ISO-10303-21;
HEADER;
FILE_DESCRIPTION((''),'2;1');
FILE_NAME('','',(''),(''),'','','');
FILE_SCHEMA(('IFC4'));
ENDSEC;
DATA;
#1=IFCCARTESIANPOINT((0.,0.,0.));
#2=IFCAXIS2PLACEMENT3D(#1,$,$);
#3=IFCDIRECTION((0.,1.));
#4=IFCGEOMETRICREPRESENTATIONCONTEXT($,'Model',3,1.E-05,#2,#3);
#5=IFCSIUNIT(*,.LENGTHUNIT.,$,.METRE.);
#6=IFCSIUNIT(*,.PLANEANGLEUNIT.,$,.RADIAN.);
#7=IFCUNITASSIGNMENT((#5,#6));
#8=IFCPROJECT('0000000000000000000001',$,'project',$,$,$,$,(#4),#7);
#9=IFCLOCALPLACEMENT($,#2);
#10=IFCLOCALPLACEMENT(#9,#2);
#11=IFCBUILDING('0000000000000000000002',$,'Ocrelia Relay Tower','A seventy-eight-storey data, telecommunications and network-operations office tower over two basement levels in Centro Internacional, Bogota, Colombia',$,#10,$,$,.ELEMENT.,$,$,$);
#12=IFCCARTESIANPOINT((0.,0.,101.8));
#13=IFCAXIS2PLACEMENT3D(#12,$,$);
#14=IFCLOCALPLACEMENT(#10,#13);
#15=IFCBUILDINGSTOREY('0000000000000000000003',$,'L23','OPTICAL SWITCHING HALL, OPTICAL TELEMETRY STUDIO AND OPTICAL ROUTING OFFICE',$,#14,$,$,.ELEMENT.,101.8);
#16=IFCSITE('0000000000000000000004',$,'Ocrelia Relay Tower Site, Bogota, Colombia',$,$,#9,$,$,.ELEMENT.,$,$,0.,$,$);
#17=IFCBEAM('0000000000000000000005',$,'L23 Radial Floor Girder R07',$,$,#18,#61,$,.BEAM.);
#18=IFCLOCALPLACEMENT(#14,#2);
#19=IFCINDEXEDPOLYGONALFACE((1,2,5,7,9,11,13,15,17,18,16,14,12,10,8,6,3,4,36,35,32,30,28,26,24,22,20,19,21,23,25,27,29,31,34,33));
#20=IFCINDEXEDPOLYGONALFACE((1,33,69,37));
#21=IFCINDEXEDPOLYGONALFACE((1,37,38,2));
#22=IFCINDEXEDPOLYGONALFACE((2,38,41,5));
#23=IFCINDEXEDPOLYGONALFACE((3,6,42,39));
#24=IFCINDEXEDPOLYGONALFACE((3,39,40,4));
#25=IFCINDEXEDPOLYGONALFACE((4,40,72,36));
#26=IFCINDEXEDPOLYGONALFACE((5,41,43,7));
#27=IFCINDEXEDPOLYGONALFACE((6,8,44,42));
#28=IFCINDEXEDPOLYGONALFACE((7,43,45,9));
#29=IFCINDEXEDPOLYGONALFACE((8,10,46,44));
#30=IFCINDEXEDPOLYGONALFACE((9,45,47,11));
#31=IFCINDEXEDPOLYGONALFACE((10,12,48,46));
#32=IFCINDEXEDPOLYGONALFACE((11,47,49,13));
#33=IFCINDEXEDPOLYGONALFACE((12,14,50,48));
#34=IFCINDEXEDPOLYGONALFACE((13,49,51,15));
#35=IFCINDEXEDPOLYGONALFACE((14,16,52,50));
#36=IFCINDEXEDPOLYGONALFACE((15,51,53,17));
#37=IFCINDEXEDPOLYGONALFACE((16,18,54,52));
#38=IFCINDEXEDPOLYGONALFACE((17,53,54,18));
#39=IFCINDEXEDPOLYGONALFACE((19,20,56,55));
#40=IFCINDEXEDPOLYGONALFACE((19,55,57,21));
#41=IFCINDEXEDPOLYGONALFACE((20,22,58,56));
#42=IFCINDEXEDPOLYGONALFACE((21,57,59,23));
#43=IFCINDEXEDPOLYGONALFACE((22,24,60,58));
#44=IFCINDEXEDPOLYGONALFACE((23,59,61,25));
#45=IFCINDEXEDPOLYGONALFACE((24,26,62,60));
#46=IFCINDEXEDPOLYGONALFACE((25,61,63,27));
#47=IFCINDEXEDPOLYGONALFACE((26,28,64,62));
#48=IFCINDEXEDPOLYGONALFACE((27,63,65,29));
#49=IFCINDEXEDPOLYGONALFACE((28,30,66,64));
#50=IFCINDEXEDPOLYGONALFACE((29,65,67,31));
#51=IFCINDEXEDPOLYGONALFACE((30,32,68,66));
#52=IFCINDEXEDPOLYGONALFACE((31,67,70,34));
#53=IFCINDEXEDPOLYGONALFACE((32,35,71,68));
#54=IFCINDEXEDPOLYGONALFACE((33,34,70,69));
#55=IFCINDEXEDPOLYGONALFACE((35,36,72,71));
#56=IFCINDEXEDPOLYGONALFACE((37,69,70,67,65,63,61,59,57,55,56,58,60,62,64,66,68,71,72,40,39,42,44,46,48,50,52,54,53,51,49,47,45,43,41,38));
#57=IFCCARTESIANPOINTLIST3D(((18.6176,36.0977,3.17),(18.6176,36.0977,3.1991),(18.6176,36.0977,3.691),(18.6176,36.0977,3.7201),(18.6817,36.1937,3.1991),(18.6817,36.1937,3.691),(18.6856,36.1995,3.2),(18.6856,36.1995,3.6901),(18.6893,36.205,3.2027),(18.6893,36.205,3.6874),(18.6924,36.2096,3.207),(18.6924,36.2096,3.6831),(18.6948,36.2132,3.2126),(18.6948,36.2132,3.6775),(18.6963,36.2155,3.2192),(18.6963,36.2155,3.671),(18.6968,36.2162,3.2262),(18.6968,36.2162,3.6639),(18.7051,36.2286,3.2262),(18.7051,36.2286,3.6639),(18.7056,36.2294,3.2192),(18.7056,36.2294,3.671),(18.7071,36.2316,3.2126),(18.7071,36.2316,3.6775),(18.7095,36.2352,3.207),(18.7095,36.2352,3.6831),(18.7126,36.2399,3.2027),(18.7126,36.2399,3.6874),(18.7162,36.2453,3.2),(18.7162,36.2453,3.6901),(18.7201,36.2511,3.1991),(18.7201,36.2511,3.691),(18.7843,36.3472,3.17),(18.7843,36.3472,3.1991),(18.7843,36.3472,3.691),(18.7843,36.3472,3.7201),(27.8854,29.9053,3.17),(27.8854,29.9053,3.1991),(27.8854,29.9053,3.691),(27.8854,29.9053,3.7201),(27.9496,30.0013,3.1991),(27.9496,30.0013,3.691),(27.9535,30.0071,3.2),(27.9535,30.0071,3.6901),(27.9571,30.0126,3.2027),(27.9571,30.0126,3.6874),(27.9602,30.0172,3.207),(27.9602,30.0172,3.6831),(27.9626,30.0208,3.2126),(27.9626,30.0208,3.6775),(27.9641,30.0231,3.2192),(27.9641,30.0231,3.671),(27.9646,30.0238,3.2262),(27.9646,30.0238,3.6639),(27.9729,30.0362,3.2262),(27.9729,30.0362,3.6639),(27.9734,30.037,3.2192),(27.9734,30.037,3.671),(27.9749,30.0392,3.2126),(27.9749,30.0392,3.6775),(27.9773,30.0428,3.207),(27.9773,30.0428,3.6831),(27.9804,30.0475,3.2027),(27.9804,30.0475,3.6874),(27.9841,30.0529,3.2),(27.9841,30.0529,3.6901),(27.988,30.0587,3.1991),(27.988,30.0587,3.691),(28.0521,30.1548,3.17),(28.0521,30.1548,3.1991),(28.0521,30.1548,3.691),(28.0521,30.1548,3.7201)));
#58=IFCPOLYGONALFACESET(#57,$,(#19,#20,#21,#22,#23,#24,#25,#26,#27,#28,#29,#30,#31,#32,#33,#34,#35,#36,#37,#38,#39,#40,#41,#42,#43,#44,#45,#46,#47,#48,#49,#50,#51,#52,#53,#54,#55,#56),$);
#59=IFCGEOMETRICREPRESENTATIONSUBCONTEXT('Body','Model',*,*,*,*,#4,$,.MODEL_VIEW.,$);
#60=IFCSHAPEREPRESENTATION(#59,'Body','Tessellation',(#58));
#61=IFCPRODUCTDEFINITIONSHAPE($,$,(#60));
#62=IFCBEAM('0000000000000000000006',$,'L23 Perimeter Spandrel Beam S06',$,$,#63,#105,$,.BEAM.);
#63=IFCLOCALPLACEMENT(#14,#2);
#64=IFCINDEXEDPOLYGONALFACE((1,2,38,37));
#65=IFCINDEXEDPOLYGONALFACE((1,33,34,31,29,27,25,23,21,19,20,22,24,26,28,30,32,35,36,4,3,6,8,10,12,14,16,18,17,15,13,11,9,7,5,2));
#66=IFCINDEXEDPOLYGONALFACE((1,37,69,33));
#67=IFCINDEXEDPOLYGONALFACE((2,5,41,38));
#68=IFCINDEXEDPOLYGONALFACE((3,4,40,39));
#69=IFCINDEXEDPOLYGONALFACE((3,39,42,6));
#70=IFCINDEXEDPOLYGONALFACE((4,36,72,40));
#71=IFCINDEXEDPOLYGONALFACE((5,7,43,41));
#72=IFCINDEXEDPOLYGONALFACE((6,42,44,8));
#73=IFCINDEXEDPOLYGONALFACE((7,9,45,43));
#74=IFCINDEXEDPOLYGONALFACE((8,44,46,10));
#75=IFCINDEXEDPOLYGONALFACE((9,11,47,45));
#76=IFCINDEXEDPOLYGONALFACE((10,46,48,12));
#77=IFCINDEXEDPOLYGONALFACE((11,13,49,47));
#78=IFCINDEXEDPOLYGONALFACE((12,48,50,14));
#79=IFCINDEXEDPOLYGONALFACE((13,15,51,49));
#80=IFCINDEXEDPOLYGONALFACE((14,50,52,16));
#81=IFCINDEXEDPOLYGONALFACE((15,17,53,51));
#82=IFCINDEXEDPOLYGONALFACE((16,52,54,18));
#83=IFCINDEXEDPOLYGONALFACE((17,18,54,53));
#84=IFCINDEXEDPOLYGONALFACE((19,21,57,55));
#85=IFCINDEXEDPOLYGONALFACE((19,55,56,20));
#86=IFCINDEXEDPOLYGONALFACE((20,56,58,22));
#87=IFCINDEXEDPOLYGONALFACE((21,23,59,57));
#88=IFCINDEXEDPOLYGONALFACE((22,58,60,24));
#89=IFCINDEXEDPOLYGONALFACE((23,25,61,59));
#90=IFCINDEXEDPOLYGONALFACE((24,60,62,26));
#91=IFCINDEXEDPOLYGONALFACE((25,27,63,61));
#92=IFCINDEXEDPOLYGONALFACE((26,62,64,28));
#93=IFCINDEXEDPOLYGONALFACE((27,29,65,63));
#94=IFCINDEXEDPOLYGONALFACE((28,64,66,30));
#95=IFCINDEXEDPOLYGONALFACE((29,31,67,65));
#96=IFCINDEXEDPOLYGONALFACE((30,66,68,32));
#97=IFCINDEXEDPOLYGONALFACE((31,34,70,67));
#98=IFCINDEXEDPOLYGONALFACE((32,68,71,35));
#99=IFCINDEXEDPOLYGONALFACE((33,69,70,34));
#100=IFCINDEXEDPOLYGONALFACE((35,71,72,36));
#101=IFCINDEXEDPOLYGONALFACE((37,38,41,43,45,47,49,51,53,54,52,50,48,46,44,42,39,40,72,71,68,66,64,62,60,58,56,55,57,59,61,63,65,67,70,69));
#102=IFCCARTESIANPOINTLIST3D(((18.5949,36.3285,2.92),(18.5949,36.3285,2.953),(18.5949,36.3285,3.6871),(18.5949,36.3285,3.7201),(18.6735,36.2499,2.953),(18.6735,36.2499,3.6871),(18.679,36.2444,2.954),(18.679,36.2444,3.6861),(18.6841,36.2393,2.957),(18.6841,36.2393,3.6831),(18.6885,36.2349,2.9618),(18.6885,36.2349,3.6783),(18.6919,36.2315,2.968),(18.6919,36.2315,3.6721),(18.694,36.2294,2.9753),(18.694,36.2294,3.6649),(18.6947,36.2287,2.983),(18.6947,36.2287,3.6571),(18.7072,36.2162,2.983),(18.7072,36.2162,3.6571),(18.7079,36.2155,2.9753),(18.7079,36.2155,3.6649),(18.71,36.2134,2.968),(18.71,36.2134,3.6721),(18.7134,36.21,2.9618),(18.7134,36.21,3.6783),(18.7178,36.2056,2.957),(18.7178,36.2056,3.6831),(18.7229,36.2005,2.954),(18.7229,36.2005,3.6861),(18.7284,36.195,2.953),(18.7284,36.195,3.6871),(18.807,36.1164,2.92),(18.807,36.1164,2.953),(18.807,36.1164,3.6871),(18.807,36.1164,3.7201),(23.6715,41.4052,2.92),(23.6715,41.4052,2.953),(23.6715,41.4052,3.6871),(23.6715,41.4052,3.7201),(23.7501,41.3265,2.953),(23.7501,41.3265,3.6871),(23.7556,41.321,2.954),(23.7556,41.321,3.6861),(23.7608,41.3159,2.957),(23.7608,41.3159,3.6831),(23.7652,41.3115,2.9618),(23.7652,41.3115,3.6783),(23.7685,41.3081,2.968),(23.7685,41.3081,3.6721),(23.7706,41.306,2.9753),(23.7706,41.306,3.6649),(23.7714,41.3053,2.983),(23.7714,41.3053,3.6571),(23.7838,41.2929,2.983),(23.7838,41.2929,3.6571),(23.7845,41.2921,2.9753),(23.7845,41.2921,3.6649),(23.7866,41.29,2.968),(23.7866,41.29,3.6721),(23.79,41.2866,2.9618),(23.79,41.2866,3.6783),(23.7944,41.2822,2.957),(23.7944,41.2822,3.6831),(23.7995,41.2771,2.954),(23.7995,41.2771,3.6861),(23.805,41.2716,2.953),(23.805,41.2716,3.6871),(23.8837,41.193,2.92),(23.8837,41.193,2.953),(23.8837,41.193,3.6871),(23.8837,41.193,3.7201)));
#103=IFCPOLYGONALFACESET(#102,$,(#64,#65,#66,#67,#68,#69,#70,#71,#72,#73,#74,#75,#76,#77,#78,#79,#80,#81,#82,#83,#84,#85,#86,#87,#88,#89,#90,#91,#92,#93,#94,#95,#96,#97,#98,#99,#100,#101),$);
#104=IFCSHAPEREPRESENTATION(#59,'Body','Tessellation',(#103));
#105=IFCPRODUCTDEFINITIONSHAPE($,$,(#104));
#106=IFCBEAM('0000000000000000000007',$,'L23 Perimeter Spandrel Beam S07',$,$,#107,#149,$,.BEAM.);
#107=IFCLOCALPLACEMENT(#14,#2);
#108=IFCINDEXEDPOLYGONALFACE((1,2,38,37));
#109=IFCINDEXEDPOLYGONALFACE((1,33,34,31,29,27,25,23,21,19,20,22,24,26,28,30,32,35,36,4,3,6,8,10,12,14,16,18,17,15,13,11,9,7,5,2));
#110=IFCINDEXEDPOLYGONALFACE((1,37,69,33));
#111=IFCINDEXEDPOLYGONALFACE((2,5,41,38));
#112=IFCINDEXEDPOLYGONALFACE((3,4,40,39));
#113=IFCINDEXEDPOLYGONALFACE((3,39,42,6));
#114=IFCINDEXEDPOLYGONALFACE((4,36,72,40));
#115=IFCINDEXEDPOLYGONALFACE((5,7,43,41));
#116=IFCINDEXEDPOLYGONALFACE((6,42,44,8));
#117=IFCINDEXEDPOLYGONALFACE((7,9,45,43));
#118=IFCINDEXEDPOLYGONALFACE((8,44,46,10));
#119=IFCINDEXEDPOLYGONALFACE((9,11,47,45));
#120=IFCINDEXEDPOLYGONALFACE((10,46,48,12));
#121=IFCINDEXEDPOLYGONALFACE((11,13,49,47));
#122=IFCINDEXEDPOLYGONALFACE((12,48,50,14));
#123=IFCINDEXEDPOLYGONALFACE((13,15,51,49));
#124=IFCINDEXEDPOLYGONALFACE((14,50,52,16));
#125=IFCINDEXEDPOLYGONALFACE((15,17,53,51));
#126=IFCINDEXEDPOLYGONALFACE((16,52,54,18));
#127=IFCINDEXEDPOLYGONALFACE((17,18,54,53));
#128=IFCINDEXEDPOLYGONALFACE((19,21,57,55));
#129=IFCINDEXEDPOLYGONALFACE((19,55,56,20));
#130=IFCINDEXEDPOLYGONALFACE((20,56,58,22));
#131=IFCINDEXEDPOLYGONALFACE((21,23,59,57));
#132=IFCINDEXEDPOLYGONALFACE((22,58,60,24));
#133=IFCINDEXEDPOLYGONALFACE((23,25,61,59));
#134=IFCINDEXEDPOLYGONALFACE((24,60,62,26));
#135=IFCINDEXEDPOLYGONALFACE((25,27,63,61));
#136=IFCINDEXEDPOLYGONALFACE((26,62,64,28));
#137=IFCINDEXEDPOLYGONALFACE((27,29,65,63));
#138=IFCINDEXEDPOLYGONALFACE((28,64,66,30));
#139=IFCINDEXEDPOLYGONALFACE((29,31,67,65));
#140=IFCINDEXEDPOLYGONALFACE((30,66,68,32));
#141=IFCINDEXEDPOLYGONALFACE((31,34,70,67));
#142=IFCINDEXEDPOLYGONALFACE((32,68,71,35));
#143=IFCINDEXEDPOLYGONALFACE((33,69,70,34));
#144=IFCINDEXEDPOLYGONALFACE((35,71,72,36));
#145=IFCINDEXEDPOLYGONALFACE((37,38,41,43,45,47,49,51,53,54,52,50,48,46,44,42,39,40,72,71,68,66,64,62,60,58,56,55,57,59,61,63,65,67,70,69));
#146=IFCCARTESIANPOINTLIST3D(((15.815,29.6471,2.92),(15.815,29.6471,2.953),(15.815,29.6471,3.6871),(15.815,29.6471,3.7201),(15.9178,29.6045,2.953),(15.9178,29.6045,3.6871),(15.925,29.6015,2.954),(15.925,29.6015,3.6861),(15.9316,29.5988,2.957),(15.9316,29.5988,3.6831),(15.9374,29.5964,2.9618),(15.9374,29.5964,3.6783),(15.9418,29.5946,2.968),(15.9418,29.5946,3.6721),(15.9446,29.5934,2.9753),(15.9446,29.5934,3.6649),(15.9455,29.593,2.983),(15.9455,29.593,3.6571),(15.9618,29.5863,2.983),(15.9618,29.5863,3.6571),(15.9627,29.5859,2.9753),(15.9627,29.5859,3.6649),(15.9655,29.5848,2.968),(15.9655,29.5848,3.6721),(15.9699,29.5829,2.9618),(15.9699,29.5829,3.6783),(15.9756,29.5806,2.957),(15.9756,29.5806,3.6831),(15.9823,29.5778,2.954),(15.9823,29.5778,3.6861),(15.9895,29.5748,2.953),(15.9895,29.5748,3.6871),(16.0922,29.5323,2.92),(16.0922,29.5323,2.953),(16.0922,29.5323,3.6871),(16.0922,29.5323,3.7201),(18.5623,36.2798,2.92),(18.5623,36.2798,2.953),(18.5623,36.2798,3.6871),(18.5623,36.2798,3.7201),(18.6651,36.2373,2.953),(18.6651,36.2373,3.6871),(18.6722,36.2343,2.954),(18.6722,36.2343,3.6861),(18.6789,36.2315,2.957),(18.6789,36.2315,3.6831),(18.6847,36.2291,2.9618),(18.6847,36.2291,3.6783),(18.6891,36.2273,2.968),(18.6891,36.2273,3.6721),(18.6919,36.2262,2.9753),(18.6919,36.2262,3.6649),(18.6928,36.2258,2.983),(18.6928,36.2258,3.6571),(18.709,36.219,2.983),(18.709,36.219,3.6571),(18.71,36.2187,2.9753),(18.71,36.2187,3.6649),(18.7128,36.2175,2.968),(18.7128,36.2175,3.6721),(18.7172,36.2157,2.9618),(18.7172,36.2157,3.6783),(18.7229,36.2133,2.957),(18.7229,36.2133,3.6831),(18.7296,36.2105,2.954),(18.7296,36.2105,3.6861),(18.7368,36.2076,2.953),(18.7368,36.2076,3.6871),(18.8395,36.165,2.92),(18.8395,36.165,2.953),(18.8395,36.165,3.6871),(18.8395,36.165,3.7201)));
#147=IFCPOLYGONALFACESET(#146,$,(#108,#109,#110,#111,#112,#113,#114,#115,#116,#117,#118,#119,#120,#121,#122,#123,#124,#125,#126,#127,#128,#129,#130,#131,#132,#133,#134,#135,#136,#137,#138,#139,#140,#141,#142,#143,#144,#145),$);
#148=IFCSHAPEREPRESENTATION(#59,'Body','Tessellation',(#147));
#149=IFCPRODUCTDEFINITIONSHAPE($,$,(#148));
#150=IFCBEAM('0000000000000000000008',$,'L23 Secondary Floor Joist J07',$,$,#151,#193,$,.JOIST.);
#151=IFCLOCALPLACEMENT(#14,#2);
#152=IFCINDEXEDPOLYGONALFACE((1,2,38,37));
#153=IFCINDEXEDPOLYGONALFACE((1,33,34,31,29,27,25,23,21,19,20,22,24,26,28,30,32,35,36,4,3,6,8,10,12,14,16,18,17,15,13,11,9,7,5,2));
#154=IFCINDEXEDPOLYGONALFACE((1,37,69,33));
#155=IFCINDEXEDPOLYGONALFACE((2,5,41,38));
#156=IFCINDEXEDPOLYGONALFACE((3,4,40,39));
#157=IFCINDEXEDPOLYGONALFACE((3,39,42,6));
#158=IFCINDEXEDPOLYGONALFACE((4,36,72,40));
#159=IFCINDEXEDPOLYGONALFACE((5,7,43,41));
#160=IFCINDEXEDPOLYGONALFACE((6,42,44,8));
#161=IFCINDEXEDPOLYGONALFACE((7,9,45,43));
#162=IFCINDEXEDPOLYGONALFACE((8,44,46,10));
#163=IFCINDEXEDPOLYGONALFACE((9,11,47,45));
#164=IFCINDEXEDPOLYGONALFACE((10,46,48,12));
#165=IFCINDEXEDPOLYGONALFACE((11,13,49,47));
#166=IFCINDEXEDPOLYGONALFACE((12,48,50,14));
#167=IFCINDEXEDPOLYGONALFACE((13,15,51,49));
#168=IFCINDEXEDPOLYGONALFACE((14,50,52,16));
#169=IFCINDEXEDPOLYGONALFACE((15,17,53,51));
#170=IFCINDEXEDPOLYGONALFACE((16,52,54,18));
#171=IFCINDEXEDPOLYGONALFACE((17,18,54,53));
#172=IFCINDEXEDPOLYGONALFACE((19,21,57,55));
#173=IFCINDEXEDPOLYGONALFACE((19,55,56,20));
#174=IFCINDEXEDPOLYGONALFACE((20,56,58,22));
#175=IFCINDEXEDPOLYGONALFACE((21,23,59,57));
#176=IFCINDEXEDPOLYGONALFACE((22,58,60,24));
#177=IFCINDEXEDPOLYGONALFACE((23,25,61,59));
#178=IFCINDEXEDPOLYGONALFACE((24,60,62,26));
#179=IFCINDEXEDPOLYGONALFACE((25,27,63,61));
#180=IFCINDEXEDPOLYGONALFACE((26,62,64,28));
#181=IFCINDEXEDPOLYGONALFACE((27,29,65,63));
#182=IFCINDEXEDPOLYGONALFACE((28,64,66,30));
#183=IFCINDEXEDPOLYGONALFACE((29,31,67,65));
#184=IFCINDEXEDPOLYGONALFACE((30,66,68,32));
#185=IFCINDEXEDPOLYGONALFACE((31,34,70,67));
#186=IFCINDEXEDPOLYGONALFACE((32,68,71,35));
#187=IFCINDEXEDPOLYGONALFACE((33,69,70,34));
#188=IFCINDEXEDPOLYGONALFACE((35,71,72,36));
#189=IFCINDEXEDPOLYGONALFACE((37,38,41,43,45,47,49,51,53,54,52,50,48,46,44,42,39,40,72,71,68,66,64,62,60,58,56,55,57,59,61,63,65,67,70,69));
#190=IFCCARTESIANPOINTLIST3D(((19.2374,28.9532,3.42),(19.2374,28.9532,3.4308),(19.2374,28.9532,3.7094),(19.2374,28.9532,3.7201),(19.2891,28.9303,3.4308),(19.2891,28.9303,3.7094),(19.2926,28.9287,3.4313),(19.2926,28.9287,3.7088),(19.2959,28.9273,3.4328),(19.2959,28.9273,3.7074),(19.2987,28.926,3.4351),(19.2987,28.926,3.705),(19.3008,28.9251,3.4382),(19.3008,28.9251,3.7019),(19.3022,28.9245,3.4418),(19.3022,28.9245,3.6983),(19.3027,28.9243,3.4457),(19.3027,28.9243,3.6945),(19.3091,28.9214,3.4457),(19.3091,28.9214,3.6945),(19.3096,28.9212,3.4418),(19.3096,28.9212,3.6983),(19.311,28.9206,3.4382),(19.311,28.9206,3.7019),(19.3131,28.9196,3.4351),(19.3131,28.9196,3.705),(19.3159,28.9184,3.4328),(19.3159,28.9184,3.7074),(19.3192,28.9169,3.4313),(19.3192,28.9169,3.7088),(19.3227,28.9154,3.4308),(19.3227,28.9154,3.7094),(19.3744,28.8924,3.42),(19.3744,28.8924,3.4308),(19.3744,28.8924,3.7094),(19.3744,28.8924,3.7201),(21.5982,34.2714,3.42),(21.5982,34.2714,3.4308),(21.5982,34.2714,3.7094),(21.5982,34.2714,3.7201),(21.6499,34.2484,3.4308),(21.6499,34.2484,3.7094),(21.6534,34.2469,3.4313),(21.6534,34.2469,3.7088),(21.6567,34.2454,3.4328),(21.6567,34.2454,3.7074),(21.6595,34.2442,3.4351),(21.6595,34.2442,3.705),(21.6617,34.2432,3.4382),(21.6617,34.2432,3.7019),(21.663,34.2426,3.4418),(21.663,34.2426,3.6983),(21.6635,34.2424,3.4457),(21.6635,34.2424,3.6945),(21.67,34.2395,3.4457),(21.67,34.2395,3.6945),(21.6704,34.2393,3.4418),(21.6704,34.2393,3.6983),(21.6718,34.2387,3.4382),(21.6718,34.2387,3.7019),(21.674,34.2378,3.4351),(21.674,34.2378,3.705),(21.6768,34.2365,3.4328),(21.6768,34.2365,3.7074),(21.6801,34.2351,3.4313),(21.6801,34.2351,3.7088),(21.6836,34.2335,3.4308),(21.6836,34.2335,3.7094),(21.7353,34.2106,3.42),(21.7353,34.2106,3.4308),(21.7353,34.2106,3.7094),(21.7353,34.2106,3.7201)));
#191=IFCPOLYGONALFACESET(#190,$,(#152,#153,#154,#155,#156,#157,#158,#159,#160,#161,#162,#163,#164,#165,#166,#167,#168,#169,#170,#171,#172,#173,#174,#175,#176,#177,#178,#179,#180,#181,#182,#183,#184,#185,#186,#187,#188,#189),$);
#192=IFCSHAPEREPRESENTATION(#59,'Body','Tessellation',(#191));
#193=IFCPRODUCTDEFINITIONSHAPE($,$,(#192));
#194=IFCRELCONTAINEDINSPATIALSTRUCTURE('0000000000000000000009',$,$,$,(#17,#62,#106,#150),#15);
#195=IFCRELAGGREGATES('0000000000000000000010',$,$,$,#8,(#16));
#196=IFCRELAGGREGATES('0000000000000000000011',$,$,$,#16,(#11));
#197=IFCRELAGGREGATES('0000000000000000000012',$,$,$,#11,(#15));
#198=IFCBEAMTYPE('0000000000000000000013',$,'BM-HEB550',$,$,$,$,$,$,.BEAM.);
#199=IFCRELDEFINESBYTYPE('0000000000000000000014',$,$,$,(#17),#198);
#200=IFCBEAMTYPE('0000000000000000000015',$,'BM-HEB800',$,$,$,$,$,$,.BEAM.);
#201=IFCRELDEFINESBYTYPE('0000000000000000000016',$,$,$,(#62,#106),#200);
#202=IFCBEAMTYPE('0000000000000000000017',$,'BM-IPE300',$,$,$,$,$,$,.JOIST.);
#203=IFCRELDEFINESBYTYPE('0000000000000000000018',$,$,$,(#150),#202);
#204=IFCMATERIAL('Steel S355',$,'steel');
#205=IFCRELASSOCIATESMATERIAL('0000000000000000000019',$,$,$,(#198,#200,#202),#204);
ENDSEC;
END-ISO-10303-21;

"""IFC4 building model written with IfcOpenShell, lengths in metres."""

from ifc_helpers import new_model, si_unit, direction, frame, origin, origin_2d, place, context, subcontext, project, spatial, i_section, extrude, material, material_profile, profile_set, type_object, element, save


model = new_model("IFC4")

# Units and contexts
model_context = context("Model", 3, precision=1e-05, world=origin(), true_north=direction((0.0, 1.0)))
body_context = subcontext(model_context, "Body", "Model", "MODEL_VIEW")
ifc_project = project(units=[si_unit("LENGTHUNIT", "METRE"), si_unit("PLANEANGLEUNIT", "RADIAN")], contexts=[model_context])

# Site, building, storey
site_placement = place(None, origin())
site = spatial("IfcSite", under=ifc_project, at=site_placement, Name="Ocrelia Relay Tower Site, Bogota, Colombia", CompositionType="ELEMENT", RefElevation=0.0)
building_placement = place(site_placement, origin())
building = spatial("IfcBuilding", under=site, at=building_placement, Name="Ocrelia Relay Tower", Description="A seventy-eight-storey data, telecommunications and network-operations office tower over two basement levels in Centro Internacional, Bogota, Colombia", CompositionType="ELEMENT")
storey_placement = place(building_placement, frame((0.0, 0.0, 101.8)))
storey = spatial("IfcBuildingStorey", under=building, at=storey_placement, Name="L23", Description="OPTICAL SWITCHING HALL, OPTICAL TELEMETRY STUDIO AND OPTICAL ROUTING OFFICE", CompositionType="ELEMENT", Elevation=101.8)

# Beams
ifc_material_1 = material(Name="Steel S355", Category="steel")
ifc_material_profile_1 = material_profile(ifc_material_1, i_section(OverallWidth=0.3, OverallDepth=0.55, WebThickness=0.0149, FlangeThickness=0.0291, FilletRadius=0.0271, at=origin_2d()), Name="HEB 550")
ifc_profile_set_1 = profile_set([ifc_material_profile_1], Name="Steel S355")
beam_type_1 = type_object("IfcBeamType", Name="BM-HEB550", PredefinedType="BEAM", material=ifc_profile_set_1)
beam_1_placement = place(storey_placement, frame((18.7009, 36.2224, 3.4451), z_axis=(0.831477, -0.555559, 0.0), x_axis=(0.555559, 0.831477, 0.0)))
element("IfcBeam", 1, at=beam_1_placement, inside=storey, type_object=beam_type_1, Name="L23 Radial Floor Girder R07", PredefinedType="BEAM", context=body_context, shape_type="SweptSolid", body=[
    extrude(i_section(OverallWidth=0.3, OverallDepth=0.55, WebThickness=0.0149, FlangeThickness=0.0291, FilletRadius=0.0271, at=origin_2d()), origin(), (0.0, 0.0, 1.0), 11.1462),
])
ifc_material_profile_2 = material_profile(ifc_material_1, i_section(OverallWidth=0.3, OverallDepth=0.8, WebThickness=0.0176, FlangeThickness=0.033, FilletRadius=0.03, at=origin_2d()), Name="HEB 800")
ifc_profile_set_2 = profile_set([ifc_material_profile_2], Name="Steel S355")
beam_type_2 = type_object("IfcBeamType", Name="BM-HEB800", PredefinedType="BEAM", material=ifc_profile_set_2)
beam_2_placement = place(storey_placement, frame((23.7776, 41.2991, 3.3201), z_axis=(-0.707107, -0.707107, 0.0), x_axis=(0.707107, -0.707107, 0.0)))
element("IfcBeam", 2, at=beam_2_placement, inside=storey, type_object=beam_type_2, Name="L23 Perimeter Spandrel Beam S06", PredefinedType="BEAM", context=body_context, shape_type="SweptSolid", body=[
    extrude(i_section(OverallWidth=0.3, OverallDepth=0.8, WebThickness=0.0176, FlangeThickness=0.033, FilletRadius=0.03, at=origin_2d()), origin(), (0.0, 0.0, 1.0), 7.1794),
])
beam_3_placement = place(storey_placement, frame((18.7009, 36.2224, 3.3201), z_axis=(-0.382673, -0.923884, 0.0), x_axis=(0.923884, -0.382673, 0.0)))
element("IfcBeam", 3, at=beam_3_placement, inside=storey, type_object=beam_type_2, Name="L23 Perimeter Spandrel Beam S07", PredefinedType="BEAM", context=body_context, shape_type="SweptSolid", body=[
    extrude(i_section(OverallWidth=0.3, OverallDepth=0.8, WebThickness=0.0176, FlangeThickness=0.033, FilletRadius=0.03, at=origin_2d()), origin(), (0.0, 0.0, 1.0), 7.1792),
])
ifc_material_profile_3 = material_profile(ifc_material_1, i_section(OverallWidth=0.1499, OverallDepth=0.3, WebThickness=0.0071, FlangeThickness=0.0107, FilletRadius=0.0149, at=origin_2d()), Name="IPE 300")
ifc_profile_set_3 = profile_set([ifc_material_profile_3], Name="Steel S355")
beam_type_3 = type_object("IfcBeamType", Name="BM-IPE300", PredefinedType="JOIST", material=ifc_profile_set_3)
beam_4_placement = place(storey_placement, frame((21.6667, 34.241, 3.5701), z_axis=(-0.405741, -0.913988, 0.0), x_axis=(0.913988, -0.405741, 0.0)))
element("IfcBeam", 4, at=beam_4_placement, inside=storey, type_object=beam_type_3, Name="L23 Secondary Floor Joist J07", PredefinedType="JOIST", context=body_context, shape_type="SweptSolid", body=[
    extrude(i_section(OverallWidth=0.1499, OverallDepth=0.3, WebThickness=0.0071, FlangeThickness=0.0107, FilletRadius=0.0149, at=origin_2d()), origin(), (0.0, 0.0, 1.0), 5.8186),
])

save(model, "model.ifc")
